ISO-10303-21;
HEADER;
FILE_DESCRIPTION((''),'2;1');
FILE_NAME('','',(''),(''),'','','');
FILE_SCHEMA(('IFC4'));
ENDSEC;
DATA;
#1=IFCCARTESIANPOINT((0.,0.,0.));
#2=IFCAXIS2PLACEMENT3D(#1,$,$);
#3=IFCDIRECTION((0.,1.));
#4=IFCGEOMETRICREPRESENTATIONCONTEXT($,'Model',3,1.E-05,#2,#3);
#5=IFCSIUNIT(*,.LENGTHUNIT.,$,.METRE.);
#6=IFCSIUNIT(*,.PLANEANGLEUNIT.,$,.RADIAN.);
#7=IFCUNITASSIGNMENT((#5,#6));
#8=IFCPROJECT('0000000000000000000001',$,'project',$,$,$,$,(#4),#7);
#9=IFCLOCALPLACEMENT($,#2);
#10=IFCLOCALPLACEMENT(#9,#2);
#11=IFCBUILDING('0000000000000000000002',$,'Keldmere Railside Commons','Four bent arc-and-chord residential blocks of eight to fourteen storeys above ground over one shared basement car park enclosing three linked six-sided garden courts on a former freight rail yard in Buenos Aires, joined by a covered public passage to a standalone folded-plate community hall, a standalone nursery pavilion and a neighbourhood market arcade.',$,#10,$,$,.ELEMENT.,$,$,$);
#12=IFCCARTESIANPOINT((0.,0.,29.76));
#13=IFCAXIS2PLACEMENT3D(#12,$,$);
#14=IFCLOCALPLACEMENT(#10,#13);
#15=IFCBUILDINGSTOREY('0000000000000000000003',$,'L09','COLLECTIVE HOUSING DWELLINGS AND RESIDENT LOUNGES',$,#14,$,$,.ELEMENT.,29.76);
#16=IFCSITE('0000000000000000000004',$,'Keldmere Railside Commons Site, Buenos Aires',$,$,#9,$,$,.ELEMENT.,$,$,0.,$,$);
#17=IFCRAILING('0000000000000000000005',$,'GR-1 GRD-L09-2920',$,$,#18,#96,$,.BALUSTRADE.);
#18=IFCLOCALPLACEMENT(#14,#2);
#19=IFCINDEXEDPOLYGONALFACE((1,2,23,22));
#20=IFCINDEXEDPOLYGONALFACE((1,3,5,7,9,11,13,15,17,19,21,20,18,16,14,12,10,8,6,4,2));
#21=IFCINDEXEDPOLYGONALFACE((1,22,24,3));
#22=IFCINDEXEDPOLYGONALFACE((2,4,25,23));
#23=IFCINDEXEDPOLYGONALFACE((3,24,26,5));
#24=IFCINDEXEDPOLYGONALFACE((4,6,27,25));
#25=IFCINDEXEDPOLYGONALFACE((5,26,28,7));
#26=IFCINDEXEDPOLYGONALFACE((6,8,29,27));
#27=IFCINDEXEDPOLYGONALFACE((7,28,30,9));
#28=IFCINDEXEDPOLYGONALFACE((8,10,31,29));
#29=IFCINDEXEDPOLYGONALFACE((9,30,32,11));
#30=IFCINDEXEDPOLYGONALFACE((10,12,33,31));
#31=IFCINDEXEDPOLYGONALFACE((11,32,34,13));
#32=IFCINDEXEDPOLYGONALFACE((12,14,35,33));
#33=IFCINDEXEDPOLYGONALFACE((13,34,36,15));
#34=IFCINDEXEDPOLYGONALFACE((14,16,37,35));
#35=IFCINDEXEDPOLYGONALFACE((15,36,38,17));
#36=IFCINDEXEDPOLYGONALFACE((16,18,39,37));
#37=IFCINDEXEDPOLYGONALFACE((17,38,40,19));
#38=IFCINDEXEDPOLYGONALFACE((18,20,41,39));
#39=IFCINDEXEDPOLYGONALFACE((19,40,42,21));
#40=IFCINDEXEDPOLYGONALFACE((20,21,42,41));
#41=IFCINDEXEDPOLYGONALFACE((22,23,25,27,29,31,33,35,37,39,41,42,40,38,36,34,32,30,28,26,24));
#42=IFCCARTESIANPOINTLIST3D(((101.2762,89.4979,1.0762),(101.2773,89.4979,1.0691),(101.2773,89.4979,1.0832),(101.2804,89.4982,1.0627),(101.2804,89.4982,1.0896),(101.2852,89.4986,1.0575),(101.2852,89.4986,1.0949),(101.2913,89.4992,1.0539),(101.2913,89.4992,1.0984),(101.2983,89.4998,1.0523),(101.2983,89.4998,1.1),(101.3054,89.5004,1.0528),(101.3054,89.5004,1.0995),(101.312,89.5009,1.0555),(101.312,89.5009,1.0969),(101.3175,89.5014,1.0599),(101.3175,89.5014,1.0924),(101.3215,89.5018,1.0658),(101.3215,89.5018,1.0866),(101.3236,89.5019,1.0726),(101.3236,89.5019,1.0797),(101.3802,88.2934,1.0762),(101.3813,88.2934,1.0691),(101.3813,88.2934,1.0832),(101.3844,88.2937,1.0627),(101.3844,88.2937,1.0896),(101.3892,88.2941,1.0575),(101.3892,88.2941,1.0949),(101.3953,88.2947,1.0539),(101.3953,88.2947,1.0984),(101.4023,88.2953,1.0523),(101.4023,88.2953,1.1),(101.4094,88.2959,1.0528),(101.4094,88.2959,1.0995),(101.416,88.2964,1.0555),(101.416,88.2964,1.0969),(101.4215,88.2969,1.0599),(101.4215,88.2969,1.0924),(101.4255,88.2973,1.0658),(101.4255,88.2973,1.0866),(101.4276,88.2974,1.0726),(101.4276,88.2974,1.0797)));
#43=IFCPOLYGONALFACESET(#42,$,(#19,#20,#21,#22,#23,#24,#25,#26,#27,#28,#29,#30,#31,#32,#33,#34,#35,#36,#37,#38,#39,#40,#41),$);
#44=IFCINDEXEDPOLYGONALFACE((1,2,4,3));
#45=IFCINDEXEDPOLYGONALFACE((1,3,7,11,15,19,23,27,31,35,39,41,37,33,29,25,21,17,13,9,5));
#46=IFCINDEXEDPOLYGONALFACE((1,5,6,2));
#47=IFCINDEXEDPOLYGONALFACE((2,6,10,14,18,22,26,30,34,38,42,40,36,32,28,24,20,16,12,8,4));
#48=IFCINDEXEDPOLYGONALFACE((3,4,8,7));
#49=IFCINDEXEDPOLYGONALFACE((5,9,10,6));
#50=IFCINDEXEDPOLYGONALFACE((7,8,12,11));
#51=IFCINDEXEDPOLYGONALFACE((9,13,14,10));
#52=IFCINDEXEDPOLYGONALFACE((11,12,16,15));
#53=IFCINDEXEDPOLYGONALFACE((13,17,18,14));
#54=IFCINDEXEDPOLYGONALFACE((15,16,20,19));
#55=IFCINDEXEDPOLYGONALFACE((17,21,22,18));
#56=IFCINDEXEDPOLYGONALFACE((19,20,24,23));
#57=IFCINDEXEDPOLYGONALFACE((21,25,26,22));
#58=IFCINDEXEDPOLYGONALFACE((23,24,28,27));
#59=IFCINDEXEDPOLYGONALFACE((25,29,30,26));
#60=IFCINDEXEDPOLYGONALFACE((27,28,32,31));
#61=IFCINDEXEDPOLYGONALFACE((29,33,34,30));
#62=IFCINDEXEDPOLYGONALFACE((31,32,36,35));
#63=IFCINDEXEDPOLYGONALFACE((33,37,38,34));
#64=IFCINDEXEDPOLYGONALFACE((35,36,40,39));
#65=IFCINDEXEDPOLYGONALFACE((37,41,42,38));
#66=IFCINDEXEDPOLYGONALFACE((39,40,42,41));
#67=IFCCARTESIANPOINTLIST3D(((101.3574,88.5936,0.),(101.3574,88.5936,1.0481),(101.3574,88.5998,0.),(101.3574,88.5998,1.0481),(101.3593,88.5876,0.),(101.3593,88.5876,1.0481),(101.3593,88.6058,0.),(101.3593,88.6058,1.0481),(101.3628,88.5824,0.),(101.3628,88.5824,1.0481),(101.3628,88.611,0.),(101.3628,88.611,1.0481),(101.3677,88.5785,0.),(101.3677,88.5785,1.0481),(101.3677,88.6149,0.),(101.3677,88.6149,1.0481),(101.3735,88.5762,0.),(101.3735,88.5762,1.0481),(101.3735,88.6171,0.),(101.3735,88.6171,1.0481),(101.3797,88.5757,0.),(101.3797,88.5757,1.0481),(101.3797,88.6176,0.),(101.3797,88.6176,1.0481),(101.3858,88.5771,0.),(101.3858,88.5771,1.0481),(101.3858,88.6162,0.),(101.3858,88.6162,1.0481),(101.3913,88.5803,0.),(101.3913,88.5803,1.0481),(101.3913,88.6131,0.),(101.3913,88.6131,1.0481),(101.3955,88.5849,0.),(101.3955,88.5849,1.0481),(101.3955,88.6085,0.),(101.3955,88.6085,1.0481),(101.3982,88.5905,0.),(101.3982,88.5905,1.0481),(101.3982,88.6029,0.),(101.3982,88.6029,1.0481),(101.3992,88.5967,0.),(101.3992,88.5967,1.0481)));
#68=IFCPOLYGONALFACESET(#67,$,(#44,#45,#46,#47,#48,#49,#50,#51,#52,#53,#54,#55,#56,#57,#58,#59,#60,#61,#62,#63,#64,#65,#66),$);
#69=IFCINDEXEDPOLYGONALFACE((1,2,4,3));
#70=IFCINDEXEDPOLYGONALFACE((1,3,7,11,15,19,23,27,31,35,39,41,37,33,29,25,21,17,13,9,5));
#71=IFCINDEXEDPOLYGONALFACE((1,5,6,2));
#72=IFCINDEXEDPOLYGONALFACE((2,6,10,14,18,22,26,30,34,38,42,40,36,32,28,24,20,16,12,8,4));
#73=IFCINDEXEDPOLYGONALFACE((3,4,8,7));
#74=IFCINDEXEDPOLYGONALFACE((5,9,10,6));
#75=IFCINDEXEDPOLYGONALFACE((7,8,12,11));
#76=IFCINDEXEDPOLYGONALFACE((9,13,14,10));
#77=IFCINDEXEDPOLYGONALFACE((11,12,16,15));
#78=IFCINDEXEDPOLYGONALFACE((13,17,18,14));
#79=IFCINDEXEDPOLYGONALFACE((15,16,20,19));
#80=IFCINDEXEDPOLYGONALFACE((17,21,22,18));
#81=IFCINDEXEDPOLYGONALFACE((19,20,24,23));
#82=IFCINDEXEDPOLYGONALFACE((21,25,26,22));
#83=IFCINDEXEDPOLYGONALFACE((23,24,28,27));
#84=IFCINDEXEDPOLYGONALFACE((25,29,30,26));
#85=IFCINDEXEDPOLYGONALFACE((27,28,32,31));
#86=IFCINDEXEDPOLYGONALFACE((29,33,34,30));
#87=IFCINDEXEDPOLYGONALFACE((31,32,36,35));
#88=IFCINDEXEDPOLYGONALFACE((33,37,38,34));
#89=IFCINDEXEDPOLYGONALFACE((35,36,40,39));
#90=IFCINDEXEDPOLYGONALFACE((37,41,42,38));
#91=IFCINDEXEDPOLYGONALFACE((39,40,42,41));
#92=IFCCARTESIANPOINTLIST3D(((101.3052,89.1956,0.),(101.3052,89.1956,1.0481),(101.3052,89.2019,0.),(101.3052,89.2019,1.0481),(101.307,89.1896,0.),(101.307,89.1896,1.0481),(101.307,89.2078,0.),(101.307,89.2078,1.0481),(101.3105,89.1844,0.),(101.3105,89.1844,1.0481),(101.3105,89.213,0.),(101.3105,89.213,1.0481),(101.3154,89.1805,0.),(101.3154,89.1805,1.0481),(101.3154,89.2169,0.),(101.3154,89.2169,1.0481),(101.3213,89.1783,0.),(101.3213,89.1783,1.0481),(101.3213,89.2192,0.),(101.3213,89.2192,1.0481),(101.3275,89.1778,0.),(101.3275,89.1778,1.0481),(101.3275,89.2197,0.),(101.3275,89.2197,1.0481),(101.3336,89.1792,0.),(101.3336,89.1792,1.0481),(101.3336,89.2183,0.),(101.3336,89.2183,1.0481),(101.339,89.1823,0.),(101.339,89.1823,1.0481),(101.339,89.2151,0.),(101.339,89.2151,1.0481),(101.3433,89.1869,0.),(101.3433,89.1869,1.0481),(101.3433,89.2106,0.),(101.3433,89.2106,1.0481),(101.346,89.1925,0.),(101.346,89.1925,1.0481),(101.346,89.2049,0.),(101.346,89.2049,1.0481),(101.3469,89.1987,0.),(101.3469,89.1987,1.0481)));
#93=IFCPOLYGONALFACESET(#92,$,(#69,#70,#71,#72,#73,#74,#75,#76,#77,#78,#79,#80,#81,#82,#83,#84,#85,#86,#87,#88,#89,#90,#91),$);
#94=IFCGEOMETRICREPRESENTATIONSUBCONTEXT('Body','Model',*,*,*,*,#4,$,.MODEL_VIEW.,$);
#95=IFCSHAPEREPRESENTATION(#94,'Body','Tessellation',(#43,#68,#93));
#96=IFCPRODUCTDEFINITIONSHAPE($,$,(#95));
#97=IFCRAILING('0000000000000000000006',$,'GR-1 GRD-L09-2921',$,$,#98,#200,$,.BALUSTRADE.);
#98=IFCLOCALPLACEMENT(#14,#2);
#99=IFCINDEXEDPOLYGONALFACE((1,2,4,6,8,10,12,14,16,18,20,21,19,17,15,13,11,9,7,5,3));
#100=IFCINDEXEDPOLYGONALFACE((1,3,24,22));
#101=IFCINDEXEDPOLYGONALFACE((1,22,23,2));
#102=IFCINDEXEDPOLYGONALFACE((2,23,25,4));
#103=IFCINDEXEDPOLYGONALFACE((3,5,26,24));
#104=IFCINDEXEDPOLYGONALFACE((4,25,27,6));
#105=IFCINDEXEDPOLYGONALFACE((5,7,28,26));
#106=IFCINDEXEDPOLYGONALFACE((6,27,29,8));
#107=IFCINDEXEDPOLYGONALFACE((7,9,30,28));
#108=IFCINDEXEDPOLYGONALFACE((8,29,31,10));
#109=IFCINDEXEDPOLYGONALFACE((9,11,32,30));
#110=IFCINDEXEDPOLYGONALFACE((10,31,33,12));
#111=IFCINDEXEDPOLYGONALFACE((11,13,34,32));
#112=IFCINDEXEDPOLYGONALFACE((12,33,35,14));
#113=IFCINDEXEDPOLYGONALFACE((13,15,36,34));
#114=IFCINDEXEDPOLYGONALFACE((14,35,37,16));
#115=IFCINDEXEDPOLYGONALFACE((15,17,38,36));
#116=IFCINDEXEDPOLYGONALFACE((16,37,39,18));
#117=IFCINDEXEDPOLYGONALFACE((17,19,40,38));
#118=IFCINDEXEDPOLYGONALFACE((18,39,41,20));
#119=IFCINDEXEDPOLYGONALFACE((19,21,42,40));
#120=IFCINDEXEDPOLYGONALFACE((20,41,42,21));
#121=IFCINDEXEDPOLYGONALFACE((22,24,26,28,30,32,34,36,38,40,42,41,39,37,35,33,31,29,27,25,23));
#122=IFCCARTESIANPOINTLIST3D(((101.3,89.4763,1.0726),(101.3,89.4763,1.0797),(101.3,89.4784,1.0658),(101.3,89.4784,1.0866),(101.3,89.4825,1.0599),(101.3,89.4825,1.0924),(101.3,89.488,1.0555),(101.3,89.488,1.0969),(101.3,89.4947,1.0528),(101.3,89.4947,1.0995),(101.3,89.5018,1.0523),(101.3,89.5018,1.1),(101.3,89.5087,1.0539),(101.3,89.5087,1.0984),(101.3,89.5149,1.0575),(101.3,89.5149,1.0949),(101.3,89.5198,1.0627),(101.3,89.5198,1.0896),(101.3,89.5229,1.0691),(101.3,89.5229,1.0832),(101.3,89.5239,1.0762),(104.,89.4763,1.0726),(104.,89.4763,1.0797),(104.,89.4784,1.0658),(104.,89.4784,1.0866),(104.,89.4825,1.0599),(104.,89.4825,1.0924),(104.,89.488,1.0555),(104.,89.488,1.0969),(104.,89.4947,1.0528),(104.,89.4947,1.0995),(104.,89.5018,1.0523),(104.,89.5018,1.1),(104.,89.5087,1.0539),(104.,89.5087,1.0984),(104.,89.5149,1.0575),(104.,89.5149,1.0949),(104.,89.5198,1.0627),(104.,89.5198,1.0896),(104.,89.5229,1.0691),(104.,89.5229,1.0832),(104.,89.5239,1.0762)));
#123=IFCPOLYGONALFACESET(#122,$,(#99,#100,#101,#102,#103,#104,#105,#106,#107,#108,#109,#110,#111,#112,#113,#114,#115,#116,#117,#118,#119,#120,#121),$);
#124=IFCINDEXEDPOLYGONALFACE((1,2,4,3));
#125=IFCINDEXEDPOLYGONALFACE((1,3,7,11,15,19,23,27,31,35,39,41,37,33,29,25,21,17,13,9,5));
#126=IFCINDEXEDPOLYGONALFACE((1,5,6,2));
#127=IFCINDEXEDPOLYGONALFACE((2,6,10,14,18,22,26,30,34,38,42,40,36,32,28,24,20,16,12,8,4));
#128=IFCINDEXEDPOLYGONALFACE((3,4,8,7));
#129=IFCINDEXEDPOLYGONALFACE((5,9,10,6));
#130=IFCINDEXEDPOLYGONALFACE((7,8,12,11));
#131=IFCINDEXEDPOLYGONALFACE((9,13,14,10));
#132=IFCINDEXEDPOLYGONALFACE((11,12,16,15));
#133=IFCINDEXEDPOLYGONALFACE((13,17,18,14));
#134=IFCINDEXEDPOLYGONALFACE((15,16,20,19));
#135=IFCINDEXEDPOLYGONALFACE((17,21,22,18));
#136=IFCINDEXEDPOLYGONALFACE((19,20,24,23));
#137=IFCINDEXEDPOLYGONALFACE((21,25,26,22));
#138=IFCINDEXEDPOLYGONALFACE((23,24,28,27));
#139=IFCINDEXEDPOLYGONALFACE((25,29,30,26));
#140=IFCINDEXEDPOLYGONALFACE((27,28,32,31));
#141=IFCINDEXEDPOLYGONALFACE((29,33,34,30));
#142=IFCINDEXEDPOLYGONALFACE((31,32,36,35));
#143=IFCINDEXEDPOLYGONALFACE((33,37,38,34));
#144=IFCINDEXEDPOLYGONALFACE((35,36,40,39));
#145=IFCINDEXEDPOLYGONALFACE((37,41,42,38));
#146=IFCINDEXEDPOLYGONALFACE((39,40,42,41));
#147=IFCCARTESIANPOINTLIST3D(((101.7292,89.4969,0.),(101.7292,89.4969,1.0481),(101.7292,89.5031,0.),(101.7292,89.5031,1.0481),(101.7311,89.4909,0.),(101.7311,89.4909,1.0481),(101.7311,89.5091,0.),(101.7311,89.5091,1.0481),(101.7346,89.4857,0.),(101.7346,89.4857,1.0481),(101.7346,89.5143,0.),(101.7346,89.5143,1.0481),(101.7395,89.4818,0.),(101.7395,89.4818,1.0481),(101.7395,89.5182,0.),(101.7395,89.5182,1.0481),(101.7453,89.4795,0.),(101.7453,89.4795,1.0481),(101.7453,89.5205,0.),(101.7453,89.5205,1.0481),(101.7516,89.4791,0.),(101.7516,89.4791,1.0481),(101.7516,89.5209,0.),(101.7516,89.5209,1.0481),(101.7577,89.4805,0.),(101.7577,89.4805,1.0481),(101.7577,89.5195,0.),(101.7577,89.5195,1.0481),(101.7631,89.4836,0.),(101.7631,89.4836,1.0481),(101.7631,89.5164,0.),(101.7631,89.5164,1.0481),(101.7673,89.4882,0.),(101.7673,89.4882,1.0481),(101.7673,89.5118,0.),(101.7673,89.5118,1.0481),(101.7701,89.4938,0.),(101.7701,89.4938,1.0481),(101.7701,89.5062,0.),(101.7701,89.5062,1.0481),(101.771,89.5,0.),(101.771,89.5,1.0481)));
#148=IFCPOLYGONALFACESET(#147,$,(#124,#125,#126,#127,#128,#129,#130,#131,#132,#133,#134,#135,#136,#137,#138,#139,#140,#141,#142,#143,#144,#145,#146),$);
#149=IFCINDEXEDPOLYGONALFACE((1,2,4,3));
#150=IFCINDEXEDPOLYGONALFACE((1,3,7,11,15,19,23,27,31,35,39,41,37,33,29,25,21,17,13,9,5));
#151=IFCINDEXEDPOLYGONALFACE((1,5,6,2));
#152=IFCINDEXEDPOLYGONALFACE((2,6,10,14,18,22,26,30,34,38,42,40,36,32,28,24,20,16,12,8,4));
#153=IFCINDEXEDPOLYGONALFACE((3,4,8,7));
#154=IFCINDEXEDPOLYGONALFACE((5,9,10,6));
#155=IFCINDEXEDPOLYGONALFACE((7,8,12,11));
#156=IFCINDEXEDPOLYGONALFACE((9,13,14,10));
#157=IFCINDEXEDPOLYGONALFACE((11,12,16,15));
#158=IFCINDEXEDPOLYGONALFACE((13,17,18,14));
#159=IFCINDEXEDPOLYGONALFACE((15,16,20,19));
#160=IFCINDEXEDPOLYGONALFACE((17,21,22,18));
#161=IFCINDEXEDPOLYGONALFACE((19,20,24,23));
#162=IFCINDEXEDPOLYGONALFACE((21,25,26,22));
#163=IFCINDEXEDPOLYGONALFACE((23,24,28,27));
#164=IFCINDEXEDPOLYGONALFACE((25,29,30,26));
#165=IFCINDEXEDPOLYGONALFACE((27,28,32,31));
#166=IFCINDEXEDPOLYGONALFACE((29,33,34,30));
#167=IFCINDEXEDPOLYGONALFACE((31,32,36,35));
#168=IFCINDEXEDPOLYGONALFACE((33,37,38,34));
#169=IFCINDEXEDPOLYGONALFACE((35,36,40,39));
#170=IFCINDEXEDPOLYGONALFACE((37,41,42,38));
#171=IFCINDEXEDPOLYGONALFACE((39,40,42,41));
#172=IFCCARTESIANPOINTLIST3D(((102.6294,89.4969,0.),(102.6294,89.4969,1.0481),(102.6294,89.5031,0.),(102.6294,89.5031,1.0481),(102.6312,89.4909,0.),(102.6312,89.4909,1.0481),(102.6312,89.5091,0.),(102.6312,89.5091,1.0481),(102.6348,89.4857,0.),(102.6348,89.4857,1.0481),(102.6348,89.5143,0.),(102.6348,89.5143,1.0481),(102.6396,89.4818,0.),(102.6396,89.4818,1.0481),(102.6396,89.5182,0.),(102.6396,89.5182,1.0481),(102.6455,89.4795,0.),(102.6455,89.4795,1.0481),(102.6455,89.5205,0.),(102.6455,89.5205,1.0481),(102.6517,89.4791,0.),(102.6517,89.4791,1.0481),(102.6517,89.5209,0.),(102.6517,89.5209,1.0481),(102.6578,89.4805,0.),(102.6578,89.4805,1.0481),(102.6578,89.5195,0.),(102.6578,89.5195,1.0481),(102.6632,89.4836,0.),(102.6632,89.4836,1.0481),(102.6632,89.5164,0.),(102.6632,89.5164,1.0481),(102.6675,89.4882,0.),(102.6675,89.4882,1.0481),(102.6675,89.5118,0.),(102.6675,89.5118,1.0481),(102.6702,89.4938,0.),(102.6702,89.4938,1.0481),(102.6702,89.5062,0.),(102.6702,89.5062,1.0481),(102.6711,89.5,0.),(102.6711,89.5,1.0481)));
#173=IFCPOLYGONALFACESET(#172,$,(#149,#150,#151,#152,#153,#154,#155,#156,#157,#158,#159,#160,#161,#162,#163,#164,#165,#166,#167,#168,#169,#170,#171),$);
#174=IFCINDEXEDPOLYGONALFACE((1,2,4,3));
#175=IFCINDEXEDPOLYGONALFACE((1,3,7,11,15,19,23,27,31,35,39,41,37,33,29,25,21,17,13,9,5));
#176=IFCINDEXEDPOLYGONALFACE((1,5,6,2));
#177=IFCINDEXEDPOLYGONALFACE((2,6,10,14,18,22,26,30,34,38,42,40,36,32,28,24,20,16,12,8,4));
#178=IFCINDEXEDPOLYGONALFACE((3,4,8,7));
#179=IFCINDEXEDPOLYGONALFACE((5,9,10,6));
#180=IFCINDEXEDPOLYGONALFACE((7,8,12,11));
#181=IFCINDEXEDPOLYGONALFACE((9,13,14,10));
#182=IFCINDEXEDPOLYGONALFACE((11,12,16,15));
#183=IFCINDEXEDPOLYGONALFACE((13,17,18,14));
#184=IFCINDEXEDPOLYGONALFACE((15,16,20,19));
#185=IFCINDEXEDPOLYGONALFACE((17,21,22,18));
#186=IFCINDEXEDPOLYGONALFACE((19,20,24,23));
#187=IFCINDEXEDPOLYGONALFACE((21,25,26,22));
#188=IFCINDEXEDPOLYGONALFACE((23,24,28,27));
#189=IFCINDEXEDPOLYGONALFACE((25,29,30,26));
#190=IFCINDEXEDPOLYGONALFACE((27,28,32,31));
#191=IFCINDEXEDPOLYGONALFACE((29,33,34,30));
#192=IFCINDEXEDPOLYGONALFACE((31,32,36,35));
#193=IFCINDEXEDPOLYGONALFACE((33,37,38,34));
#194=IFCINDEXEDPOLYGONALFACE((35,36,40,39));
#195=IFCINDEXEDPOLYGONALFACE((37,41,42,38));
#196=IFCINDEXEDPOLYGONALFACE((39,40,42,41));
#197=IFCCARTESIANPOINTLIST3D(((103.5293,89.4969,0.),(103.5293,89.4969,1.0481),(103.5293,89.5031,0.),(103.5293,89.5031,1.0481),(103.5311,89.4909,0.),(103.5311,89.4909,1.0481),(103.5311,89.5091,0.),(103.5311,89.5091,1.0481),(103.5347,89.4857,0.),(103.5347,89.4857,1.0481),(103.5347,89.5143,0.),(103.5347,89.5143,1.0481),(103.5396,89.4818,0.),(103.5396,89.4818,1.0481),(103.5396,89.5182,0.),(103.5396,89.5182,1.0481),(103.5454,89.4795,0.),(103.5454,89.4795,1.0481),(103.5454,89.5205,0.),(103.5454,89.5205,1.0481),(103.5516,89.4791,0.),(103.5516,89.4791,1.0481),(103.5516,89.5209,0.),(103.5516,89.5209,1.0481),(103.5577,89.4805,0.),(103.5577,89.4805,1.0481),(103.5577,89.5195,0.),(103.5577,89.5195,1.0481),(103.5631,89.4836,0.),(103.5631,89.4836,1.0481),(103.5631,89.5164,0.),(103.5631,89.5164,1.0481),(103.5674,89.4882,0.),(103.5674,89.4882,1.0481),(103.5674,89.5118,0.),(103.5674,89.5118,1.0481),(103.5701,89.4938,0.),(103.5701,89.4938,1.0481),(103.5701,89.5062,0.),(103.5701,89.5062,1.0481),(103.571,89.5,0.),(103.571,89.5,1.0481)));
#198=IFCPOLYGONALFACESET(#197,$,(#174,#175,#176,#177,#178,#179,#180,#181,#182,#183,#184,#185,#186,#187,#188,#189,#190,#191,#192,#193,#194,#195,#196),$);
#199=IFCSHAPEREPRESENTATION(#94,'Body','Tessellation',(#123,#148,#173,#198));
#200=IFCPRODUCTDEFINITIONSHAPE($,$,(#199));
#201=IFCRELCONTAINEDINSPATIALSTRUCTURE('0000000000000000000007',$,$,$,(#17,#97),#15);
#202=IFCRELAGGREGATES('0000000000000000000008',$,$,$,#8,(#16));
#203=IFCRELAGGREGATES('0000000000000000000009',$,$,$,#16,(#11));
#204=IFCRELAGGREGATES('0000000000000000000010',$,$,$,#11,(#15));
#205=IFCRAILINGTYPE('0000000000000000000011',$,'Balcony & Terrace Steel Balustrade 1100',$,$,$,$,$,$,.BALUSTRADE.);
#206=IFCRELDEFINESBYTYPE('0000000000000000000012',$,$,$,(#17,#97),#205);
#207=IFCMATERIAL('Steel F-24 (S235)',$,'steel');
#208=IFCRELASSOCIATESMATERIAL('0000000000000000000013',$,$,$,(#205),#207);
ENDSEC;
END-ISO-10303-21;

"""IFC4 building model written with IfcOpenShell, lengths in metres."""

from ifc_helpers import new_model, si_unit, direction, frame, origin, origin_2d, place, context, subcontext, project, spatial, circle, extrude, material, type_object, element, save


model = new_model("IFC4")

# Units and contexts
model_context = context("Model", 3, precision=1e-05, world=origin(), true_north=direction((0.0, 1.0)))
body_context = subcontext(model_context, "Body", "Model", "MODEL_VIEW")
ifc_project = project(units=[si_unit("LENGTHUNIT", "METRE"), si_unit("PLANEANGLEUNIT", "RADIAN")], contexts=[model_context])

# Site, building, storey
site_placement = place(None, origin())
site = spatial("IfcSite", under=ifc_project, at=site_placement, Name="Keldmere Railside Commons Site, Buenos Aires", CompositionType="ELEMENT", RefElevation=0.0)
building_placement = place(site_placement, origin())
building = spatial("IfcBuilding", under=site, at=building_placement, Name="Keldmere Railside Commons", Description="Four bent arc-and-chord residential blocks of eight to fourteen storeys above ground over one shared basement car park enclosing three linked six-sided garden courts on a former freight rail yard in Buenos Aires, joined by a covered public passage to a standalone folded-plate community hall, a standalone nursery pavilion and a neighbourhood market arcade.", CompositionType="ELEMENT")
storey_placement = place(building_placement, frame((0.0, 0.0, 29.76)))
storey = spatial("IfcBuildingStorey", under=building, at=storey_placement, Name="L09", Description="COLLECTIVE HOUSING DWELLINGS AND RESIDENT LOUNGES", CompositionType="ELEMENT", Elevation=29.76)

# Railings
ifc_material_1 = material(Name="Steel F-24 (S235)", Category="steel")
railing_type = type_object("IfcRailingType", Name="Balcony & Terrace Steel Balustrade 1100", PredefinedType="BALUSTRADE", material=ifc_material_1)
railing_1_placement = place(storey_placement, frame((101.4041, 88.2954, 0.0)))
element("IfcRailing", 1, at=railing_1_placement, inside=storey, type_object=railing_type, Name="GR-1 GRD-L09-2920", PredefinedType="BALUSTRADE", context=body_context, shape_type="SweptSolid", body=[
    extrude(circle(Radius=0.0239, at=origin_2d()), frame((0.0, 0.0, 1.0762), z_axis=(-0.08602, 0.996293, 0.0), x_axis=(-0.996293, -0.08602, 0.0)), (0.0, 0.0, 1.0), 1.209),
    extrude(circle(Radius=0.021, at=origin_2d()), frame((-0.0259, 0.3013, 0.0)), (0.0, 0.0, 1.0), 1.0481),
    extrude(circle(Radius=0.021, at=origin_2d()), frame((-0.0781, 0.9033, 0.0)), (0.0, 0.0, 1.0), 1.0481),
])
railing_2_placement = place(storey_placement, frame((101.3, 89.5, 0.0)))
element("IfcRailing", 2, at=railing_2_placement, inside=storey, type_object=railing_type, Name="GR-1 GRD-L09-2921", PredefinedType="BALUSTRADE", context=body_context, shape_type="SweptSolid", body=[
    extrude(circle(Radius=0.0239, at=origin_2d()), frame((0.0, 0.0, 1.0762), z_axis=(1.0, 0.0, 0.0), x_axis=(0.0, 1.0, 0.0)), (0.0, 0.0, 1.0), 2.7),
    extrude(circle(Radius=0.021, at=origin_2d()), frame((0.45, 0.0, 0.0)), (0.0, 0.0, 1.0), 1.0481),
    extrude(circle(Radius=0.021, at=origin_2d()), frame((1.3501, 0.0, 0.0)), (0.0, 0.0, 1.0), 1.0481),
    extrude(circle(Radius=0.021, at=origin_2d()), frame((2.25, 0.0, 0.0)), (0.0, 0.0, 1.0), 1.0481),
])

save(model, "model.ifc")
